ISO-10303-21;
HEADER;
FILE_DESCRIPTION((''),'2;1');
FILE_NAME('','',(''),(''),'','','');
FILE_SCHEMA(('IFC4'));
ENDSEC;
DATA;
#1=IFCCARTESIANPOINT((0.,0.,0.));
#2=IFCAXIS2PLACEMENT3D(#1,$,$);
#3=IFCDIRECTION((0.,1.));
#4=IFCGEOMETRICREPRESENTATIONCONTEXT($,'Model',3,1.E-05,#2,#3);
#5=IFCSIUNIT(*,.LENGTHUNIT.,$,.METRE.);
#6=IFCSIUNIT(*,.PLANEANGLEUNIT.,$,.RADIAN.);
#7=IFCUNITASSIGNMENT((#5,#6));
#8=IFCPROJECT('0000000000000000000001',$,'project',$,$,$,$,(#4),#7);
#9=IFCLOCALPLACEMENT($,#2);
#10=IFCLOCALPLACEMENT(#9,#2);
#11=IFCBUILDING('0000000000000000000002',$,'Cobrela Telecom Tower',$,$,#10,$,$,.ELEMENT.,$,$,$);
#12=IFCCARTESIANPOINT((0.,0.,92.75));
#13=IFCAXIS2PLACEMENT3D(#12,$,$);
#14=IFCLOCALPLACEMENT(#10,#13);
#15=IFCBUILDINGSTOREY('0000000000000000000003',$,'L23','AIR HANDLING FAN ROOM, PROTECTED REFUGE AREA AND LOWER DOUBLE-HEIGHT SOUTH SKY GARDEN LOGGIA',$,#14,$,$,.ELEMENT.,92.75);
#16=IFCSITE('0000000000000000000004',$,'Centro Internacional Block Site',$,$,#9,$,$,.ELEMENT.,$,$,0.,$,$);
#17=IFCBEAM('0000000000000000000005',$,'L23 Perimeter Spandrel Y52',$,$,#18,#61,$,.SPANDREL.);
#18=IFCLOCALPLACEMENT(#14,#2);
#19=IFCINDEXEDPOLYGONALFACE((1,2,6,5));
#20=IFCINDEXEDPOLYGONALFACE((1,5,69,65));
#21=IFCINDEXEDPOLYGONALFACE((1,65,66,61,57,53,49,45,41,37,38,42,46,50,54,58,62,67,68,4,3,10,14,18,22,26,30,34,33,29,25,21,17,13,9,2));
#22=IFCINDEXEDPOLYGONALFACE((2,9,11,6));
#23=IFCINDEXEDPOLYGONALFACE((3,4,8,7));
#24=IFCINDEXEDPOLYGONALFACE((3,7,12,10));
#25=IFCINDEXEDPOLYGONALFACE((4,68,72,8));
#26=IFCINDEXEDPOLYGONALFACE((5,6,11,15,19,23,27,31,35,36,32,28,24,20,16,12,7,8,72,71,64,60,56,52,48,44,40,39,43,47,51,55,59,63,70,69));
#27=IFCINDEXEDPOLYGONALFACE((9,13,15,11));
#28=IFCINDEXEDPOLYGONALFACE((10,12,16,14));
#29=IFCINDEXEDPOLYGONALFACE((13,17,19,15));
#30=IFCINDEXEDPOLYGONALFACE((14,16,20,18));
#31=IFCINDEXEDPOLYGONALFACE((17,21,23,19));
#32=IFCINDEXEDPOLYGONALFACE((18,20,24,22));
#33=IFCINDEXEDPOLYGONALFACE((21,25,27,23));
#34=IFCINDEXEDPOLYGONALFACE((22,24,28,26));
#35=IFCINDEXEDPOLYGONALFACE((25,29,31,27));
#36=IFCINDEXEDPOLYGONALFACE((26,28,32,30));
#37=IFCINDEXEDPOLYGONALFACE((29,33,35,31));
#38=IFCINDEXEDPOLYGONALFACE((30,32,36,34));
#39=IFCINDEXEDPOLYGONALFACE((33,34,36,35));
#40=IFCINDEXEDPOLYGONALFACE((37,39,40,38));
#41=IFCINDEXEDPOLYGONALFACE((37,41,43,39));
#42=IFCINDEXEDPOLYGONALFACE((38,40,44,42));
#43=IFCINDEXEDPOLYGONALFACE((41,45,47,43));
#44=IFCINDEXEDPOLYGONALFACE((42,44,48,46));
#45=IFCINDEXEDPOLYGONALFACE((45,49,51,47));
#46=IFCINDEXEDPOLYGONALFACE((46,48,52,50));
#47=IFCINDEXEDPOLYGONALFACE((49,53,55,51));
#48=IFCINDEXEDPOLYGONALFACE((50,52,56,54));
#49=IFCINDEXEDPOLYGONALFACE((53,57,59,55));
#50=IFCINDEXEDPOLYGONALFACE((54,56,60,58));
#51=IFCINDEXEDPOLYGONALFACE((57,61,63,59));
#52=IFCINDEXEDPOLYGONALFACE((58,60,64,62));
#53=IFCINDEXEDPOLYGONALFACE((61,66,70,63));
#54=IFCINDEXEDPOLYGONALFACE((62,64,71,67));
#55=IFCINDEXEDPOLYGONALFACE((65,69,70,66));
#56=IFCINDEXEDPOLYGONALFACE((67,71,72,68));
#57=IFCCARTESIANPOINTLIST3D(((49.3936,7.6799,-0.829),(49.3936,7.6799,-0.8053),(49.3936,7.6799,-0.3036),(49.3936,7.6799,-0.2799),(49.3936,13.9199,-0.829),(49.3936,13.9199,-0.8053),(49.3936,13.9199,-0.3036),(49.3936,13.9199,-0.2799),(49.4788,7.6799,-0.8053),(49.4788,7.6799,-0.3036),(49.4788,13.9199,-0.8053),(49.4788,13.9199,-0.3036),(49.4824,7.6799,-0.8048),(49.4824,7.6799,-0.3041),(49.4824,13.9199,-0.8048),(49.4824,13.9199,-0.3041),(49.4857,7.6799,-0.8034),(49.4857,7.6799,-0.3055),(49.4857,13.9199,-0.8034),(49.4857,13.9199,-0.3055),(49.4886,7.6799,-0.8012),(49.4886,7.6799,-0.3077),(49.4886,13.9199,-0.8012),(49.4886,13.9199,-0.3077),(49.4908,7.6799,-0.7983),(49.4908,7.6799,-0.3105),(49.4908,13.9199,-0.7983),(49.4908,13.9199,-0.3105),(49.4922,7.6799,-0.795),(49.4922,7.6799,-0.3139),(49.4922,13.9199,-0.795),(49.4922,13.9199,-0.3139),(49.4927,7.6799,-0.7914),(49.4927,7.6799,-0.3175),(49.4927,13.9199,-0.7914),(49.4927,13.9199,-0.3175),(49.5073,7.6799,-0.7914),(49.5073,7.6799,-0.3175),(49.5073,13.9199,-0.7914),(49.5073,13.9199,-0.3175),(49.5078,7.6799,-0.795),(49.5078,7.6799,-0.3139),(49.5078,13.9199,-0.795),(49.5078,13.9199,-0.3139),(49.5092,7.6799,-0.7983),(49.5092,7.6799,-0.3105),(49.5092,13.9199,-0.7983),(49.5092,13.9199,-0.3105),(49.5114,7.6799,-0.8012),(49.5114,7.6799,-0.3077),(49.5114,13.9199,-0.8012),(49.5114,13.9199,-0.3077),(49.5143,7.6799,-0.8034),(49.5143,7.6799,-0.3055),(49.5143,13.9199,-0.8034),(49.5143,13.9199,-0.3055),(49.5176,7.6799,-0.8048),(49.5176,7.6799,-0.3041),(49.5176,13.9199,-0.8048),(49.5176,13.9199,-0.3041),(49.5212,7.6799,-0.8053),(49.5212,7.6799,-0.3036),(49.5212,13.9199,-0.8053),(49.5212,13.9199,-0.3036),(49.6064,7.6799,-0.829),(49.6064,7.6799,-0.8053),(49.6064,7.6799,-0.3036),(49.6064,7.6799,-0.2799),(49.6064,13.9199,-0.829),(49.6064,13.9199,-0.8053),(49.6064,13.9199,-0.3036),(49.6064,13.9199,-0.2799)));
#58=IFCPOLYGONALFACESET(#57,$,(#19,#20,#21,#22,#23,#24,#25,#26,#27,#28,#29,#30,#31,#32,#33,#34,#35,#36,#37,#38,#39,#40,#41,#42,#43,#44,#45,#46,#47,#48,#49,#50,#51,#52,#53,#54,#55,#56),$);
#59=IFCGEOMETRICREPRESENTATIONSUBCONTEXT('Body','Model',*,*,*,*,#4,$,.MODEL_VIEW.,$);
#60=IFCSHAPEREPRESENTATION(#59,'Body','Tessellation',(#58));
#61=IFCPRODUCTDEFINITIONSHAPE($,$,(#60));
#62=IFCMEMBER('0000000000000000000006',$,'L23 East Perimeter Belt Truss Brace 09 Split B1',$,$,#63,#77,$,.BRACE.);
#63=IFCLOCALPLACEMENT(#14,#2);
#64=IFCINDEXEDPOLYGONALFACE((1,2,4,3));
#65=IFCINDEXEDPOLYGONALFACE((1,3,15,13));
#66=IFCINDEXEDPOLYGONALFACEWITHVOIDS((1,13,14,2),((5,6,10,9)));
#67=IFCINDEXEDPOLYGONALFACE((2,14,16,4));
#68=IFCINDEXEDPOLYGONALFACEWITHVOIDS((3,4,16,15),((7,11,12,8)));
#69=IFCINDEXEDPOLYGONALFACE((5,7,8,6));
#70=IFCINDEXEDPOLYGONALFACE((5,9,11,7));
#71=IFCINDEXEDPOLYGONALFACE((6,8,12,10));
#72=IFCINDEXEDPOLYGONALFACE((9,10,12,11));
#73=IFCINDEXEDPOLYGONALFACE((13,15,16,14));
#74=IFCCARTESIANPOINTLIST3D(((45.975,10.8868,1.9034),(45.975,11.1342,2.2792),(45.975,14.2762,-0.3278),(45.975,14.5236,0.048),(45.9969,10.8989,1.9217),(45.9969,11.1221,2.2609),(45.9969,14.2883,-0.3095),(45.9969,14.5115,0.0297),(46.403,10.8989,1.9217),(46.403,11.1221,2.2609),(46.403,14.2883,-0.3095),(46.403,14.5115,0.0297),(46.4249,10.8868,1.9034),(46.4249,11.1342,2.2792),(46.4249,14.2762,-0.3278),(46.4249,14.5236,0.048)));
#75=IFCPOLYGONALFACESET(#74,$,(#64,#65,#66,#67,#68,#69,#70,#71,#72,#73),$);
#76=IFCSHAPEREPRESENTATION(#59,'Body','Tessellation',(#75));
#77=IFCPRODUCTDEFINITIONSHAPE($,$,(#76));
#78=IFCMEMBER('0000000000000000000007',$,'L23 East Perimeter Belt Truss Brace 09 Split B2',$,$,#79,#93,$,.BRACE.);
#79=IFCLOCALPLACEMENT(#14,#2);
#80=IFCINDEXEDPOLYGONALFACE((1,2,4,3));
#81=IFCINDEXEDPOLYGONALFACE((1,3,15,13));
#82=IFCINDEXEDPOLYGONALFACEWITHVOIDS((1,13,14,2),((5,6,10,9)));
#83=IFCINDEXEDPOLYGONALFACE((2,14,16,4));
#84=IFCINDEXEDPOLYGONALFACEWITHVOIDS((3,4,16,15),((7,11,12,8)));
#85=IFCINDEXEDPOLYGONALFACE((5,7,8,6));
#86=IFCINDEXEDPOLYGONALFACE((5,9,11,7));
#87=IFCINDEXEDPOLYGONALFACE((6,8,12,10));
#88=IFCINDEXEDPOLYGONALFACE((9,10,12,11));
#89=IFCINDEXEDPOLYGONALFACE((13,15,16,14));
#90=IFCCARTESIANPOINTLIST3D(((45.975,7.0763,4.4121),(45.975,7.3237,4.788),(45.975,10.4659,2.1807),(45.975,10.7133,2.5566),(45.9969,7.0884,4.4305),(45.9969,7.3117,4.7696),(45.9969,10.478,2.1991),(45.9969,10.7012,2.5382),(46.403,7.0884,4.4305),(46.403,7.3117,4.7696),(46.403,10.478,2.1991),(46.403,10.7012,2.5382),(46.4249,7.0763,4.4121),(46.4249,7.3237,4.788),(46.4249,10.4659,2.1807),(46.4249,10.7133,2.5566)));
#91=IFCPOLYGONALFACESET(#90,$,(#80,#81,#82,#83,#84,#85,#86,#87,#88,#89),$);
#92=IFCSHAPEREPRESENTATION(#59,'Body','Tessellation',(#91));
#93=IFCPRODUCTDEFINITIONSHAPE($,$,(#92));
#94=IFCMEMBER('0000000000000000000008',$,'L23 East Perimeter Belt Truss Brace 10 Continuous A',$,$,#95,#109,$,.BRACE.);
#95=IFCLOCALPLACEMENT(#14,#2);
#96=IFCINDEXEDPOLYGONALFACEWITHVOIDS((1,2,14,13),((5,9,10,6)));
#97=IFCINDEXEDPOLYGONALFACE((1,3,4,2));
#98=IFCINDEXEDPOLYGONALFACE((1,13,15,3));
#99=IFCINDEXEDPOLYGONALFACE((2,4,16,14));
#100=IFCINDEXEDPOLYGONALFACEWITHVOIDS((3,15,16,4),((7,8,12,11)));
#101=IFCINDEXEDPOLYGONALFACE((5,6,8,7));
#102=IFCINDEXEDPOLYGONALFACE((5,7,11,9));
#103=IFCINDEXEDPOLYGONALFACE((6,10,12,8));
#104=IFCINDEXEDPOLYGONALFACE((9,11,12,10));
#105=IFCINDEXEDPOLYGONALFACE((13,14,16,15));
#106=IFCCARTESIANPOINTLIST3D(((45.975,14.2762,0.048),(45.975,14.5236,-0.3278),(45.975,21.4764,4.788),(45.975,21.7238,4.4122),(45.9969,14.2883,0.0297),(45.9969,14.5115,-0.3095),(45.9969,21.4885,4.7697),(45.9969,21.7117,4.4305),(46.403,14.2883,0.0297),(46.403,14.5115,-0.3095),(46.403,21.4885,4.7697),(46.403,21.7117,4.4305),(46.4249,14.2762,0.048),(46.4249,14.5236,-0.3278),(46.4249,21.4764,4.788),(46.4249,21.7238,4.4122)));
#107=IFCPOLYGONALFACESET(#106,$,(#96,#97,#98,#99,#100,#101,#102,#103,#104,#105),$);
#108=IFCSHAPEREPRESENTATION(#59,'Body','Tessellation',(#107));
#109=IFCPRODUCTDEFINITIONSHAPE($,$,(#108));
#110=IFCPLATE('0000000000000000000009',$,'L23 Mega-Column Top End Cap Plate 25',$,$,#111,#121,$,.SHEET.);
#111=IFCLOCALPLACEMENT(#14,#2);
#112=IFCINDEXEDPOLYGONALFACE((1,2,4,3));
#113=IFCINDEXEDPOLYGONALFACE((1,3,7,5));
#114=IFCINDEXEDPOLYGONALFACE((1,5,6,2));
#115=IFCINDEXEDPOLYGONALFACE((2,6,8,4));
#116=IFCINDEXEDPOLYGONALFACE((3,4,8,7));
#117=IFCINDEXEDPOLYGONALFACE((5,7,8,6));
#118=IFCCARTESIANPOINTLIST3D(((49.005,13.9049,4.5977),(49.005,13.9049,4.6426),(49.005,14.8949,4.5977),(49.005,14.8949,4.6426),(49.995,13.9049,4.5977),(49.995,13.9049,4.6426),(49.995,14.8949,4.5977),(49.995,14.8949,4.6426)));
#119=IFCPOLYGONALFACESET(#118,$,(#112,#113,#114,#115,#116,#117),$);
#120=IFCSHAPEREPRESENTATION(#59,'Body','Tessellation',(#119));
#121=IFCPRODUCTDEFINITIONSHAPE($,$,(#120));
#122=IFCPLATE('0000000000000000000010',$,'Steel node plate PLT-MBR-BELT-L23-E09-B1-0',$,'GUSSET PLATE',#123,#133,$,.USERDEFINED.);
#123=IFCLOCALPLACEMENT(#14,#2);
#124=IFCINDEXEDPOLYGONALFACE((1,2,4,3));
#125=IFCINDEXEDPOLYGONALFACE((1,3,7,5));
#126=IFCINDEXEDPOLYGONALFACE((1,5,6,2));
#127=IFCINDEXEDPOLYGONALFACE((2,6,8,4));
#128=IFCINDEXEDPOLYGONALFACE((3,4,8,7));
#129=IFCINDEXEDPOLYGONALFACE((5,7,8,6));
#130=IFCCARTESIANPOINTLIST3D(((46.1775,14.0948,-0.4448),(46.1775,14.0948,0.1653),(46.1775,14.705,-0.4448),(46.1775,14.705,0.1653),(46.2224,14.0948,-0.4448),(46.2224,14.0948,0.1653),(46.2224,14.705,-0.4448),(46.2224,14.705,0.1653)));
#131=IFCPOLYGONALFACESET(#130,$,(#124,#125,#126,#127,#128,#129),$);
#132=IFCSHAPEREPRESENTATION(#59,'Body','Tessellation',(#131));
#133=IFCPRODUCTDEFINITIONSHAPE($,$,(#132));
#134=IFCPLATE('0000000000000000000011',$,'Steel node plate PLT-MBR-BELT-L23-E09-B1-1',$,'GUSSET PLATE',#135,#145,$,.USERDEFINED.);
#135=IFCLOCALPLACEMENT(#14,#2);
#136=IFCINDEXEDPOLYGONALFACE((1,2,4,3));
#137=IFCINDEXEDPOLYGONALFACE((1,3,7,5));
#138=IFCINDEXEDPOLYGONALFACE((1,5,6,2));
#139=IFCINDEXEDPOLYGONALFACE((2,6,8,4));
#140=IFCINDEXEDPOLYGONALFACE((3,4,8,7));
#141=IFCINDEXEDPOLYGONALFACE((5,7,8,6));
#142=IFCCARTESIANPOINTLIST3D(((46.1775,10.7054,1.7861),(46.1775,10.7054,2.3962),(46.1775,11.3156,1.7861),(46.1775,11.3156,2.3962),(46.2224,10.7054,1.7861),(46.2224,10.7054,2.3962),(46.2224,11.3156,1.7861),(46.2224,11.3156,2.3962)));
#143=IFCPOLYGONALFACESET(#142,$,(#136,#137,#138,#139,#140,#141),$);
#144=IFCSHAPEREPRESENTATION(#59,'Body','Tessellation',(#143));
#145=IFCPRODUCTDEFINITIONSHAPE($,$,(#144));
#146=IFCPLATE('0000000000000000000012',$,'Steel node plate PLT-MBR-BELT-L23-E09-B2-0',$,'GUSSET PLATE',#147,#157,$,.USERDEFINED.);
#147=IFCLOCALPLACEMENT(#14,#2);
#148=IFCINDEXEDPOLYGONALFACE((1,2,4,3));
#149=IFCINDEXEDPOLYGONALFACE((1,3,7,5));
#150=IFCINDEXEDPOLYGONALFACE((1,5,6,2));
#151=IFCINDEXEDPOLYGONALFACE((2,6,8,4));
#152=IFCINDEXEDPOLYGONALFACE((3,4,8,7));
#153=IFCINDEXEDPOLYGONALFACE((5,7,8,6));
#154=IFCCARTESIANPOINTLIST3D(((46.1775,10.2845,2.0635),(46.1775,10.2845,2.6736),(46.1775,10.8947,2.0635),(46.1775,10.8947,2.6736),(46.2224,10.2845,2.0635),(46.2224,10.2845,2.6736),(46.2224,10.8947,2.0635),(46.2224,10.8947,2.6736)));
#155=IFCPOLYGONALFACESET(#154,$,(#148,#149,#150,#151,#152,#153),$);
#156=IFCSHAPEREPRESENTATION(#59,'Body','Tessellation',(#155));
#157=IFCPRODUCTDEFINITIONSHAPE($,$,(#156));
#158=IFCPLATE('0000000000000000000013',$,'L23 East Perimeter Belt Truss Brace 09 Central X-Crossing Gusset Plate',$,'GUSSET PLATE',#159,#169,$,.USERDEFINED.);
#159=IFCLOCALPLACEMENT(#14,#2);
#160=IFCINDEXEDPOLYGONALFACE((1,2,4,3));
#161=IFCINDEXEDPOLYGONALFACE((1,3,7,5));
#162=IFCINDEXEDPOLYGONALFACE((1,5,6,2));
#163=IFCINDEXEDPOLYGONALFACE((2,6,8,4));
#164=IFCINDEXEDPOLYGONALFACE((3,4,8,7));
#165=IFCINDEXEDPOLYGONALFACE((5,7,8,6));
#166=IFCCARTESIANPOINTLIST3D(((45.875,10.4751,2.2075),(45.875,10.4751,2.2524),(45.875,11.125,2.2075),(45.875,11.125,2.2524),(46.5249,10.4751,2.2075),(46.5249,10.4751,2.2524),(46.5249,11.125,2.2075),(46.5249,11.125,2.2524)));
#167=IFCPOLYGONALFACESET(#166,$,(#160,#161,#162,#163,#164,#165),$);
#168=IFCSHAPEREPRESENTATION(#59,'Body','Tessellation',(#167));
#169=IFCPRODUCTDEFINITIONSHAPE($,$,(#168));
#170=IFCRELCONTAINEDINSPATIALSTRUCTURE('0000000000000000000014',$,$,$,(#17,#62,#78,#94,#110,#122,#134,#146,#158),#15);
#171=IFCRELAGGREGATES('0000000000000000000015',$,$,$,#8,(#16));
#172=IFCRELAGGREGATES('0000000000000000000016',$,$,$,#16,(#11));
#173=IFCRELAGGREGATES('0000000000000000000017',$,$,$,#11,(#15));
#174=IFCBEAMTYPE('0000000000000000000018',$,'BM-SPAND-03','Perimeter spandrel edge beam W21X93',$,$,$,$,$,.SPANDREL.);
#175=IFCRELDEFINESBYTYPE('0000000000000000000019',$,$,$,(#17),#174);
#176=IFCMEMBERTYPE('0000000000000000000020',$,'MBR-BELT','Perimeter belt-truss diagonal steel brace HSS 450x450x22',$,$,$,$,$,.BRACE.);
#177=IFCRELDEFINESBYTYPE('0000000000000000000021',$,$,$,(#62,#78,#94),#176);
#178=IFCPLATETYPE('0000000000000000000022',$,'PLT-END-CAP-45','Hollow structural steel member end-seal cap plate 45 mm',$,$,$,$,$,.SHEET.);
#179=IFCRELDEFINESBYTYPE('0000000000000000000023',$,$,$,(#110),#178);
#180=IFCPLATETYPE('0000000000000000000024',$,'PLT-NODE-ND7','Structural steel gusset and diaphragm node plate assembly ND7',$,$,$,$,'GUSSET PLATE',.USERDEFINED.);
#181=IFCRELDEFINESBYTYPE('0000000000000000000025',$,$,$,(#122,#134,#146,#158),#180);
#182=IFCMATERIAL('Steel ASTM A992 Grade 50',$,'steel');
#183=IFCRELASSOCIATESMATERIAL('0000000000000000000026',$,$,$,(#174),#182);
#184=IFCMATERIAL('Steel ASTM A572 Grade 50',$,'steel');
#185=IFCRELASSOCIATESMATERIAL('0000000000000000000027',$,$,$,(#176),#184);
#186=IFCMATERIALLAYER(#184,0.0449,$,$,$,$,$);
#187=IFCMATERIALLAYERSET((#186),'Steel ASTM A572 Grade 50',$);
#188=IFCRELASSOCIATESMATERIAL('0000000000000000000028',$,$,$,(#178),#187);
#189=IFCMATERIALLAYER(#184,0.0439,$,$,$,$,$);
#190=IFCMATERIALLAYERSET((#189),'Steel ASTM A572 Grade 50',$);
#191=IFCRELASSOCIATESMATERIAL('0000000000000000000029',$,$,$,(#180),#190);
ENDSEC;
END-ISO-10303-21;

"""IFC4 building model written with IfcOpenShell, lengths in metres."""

from ifc_helpers import new_model, si_unit, direction, frame, origin, origin_2d, place, context, subcontext, project, spatial, rectangle, hollow_rectangle, i_section, extrude, material, layer, layer_set, material_profile, profile_set, type_object, element, save


model = new_model("IFC4")

# Units and contexts
model_context = context("Model", 3, precision=1e-05, world=origin(), true_north=direction((0.0, 1.0)))
body_context = subcontext(model_context, "Body", "Model", "MODEL_VIEW")
ifc_project = project(units=[si_unit("LENGTHUNIT", "METRE"), si_unit("PLANEANGLEUNIT", "RADIAN")], contexts=[model_context])

# Site, building, storey
site_placement = place(None, origin())
site = spatial("IfcSite", under=ifc_project, at=site_placement, Name="Centro Internacional Block Site", CompositionType="ELEMENT", RefElevation=0.0)
building_placement = place(site_placement, origin())
building = spatial("IfcBuilding", under=site, at=building_placement, Name="Cobrela Telecom Tower", CompositionType="ELEMENT")
storey_placement = place(building_placement, frame((0.0, 0.0, 92.75)))
storey = spatial("IfcBuildingStorey", under=building, at=storey_placement, Name="L23", Description="AIR HANDLING FAN ROOM, PROTECTED REFUGE AREA AND LOWER DOUBLE-HEIGHT SOUTH SKY GARDEN LOGGIA", CompositionType="ELEMENT", Elevation=92.75)

# Shared definitions
ifc_material_1 = material(Name="Steel ASTM A992 Grade 50", Category="steel")
ifc_material_2 = material(Name="Steel ASTM A572 Grade 50", Category="steel")

# Beam
ifc_material_profile_1 = material_profile(ifc_material_1, i_section(OverallWidth=0.2129, OverallDepth=0.5491, WebThickness=0.0146, FlangeThickness=0.0237, FilletRadius=0.0139, at=origin_2d()), Name="W21X93")
ifc_profile_set_1 = profile_set([ifc_material_profile_1], Name="Steel ASTM A992 Grade 50")
beam_type_1 = type_object("IfcBeamType", Name="BM-SPAND-03", Description="Perimeter spandrel edge beam W21X93", PredefinedType="SPANDREL", material=ifc_profile_set_1)
beam_1_placement = place(storey_placement, frame((49.5, 7.6799, -0.5544), z_axis=(0.0, 1.0, 0.0), x_axis=(-1.0, 0.0, 0.0)))
element("IfcBeam", 1, at=beam_1_placement, inside=storey, type_object=beam_type_1, Name="L23 Perimeter Spandrel Y52", PredefinedType="SPANDREL", context=body_context, shape_type="SweptSolid", body=[
    extrude(i_section(OverallWidth=0.2129, OverallDepth=0.5491, WebThickness=0.0146, FlangeThickness=0.0237, FilletRadius=0.0139, at=origin_2d()), origin(), (0.0, 0.0, 1.0), 6.24),
])

# Members
ifc_material_profile_2 = material_profile(ifc_material_2, hollow_rectangle(XDim=0.45, YDim=0.45, WallThickness=0.022, at=origin_2d()), Name="HSS 450x450x22")
ifc_profile_set_2 = profile_set([ifc_material_profile_2], Name="Steel ASTM A572 Grade 50")
member_type = type_object("IfcMemberType", Name="MBR-BELT", Description="Perimeter belt-truss diagonal steel brace HSS 450x450x22", PredefinedType="BRACE", material=ifc_profile_set_2)
member_1_placement = place(storey_placement, frame((46.2, 14.3999, -0.1399), z_axis=(0.0, -0.835267, 0.549845), x_axis=(1.0, 0.0, 0.0)))
element("IfcMember", 2, at=member_1_placement, inside=storey, type_object=member_type, Name="L23 East Perimeter Belt Truss Brace 09 Split B1", PredefinedType="BRACE", context=body_context, shape_type="SweptSolid", body=[
    extrude(hollow_rectangle(XDim=0.45, YDim=0.45, WallThickness=0.022, at=origin_2d()), origin(), (0.0, 0.0, 1.0), 4.0579),
])
member_2_placement = place(storey_placement, frame((46.2, 10.5896, 2.3687), z_axis=(0.0, -0.835257, 0.54986), x_axis=(1.0, 0.0, 0.0)))
element("IfcMember", 3, at=member_2_placement, inside=storey, type_object=member_type, Name="L23 East Perimeter Belt Truss Brace 09 Split B2", PredefinedType="BRACE", context=body_context, shape_type="SweptSolid", body=[
    extrude(hollow_rectangle(XDim=0.45, YDim=0.45, WallThickness=0.022, at=origin_2d()), origin(), (0.0, 0.0, 1.0), 4.0581),
])
member_3_placement = place(storey_placement, frame((46.2, 14.3999, -0.1399), z_axis=(0.0, 0.835256, 0.549861), x_axis=(-1.0, 0.0, 0.0)))
element("IfcMember", 4, at=member_3_placement, inside=storey, type_object=member_type, Name="L23 East Perimeter Belt Truss Brace 10 Continuous A", PredefinedType="BRACE", context=body_context, shape_type="SweptSolid", body=[
    extrude(hollow_rectangle(XDim=0.45, YDim=0.45, WallThickness=0.022, at=origin_2d()), origin(), (0.0, 0.0, 1.0), 8.6204),
])

# Plates
ifc_layer_1 = layer(ifc_material_2, 0.0449)
ifc_layer_set_1 = layer_set([ifc_layer_1], Name="Steel ASTM A572 Grade 50")
plate_type_1 = type_object("IfcPlateType", Name="PLT-END-CAP-45", Description="Hollow structural steel member end-seal cap plate 45 mm", PredefinedType="SHEET", material=ifc_layer_set_1)
plate_1_placement = place(storey_placement, frame((49.5, 14.3999, 4.5977), z_axis=(0.0, 0.0, 1.0), x_axis=(1.0, 0.0, 0.0)))
element("IfcPlate", 5, at=plate_1_placement, inside=storey, type_object=plate_type_1, Name="L23 Mega-Column Top End Cap Plate 25", PredefinedType="SHEET", context=body_context, shape_type="SweptSolid", body=[
    extrude(rectangle(XDim=0.99, YDim=0.99, at=origin_2d()), origin(), (0.0, 0.0, 1.0), 0.0449),
])
ifc_layer_2 = layer(ifc_material_2, 0.0439)
ifc_layer_set_2 = layer_set([ifc_layer_2], Name="Steel ASTM A572 Grade 50")
plate_type_2 = type_object("IfcPlateType", Name="PLT-NODE-ND7", Description="Structural steel gusset and diaphragm node plate assembly ND7", ElementType="GUSSET PLATE", PredefinedType="USERDEFINED", material=ifc_layer_set_2)
for number, where, z_axis, x_axis, name in (
    (6, (46.2, 14.3999, -0.4448), (0.0, 0.0, 1.0), (0.0, -1.0, 0.0), "Steel node plate PLT-MBR-BELT-L23-E09-B1-0"),
    (7, (46.2, 11.0105, 1.7861), (0.0, 0.0, 1.0), (0.0, -1.0, 0.0), "Steel node plate PLT-MBR-BELT-L23-E09-B1-1"),
    (8, (46.2, 10.5896, 2.0635), (0.0, 0.0, 1.0), (0.0, -1.0, 0.0), "Steel node plate PLT-MBR-BELT-L23-E09-B2-0"),
):
    element("IfcPlate", number, at=place(storey_placement, frame(where, z_axis=z_axis, x_axis=x_axis)), inside=storey, type_object=plate_type_2, Name=name, ObjectType="GUSSET PLATE", PredefinedType="USERDEFINED", context=body_context, shape_type="SweptSolid", body=[
        extrude(rectangle(XDim=0.6101, YDim=0.0449, at=origin_2d()), origin(), (0.0, 0.0, 1.0), 0.6101),
    ])
plate_2_placement = place(storey_placement, frame((46.2, 10.8, 2.2075), z_axis=(0.0, 0.0, 1.0), x_axis=(1.0, 0.0, 0.0)))
element("IfcPlate", 9, at=plate_2_placement, inside=storey, type_object=plate_type_2, Name="L23 East Perimeter Belt Truss Brace 09 Central X-Crossing Gusset Plate", ObjectType="GUSSET PLATE", PredefinedType="USERDEFINED", context=body_context, shape_type="SweptSolid", body=[
    extrude(rectangle(XDim=0.6499, YDim=0.6499, at=origin_2d()), origin(), (0.0, 0.0, 1.0), 0.0449),
])

save(model, "model.ifc")
